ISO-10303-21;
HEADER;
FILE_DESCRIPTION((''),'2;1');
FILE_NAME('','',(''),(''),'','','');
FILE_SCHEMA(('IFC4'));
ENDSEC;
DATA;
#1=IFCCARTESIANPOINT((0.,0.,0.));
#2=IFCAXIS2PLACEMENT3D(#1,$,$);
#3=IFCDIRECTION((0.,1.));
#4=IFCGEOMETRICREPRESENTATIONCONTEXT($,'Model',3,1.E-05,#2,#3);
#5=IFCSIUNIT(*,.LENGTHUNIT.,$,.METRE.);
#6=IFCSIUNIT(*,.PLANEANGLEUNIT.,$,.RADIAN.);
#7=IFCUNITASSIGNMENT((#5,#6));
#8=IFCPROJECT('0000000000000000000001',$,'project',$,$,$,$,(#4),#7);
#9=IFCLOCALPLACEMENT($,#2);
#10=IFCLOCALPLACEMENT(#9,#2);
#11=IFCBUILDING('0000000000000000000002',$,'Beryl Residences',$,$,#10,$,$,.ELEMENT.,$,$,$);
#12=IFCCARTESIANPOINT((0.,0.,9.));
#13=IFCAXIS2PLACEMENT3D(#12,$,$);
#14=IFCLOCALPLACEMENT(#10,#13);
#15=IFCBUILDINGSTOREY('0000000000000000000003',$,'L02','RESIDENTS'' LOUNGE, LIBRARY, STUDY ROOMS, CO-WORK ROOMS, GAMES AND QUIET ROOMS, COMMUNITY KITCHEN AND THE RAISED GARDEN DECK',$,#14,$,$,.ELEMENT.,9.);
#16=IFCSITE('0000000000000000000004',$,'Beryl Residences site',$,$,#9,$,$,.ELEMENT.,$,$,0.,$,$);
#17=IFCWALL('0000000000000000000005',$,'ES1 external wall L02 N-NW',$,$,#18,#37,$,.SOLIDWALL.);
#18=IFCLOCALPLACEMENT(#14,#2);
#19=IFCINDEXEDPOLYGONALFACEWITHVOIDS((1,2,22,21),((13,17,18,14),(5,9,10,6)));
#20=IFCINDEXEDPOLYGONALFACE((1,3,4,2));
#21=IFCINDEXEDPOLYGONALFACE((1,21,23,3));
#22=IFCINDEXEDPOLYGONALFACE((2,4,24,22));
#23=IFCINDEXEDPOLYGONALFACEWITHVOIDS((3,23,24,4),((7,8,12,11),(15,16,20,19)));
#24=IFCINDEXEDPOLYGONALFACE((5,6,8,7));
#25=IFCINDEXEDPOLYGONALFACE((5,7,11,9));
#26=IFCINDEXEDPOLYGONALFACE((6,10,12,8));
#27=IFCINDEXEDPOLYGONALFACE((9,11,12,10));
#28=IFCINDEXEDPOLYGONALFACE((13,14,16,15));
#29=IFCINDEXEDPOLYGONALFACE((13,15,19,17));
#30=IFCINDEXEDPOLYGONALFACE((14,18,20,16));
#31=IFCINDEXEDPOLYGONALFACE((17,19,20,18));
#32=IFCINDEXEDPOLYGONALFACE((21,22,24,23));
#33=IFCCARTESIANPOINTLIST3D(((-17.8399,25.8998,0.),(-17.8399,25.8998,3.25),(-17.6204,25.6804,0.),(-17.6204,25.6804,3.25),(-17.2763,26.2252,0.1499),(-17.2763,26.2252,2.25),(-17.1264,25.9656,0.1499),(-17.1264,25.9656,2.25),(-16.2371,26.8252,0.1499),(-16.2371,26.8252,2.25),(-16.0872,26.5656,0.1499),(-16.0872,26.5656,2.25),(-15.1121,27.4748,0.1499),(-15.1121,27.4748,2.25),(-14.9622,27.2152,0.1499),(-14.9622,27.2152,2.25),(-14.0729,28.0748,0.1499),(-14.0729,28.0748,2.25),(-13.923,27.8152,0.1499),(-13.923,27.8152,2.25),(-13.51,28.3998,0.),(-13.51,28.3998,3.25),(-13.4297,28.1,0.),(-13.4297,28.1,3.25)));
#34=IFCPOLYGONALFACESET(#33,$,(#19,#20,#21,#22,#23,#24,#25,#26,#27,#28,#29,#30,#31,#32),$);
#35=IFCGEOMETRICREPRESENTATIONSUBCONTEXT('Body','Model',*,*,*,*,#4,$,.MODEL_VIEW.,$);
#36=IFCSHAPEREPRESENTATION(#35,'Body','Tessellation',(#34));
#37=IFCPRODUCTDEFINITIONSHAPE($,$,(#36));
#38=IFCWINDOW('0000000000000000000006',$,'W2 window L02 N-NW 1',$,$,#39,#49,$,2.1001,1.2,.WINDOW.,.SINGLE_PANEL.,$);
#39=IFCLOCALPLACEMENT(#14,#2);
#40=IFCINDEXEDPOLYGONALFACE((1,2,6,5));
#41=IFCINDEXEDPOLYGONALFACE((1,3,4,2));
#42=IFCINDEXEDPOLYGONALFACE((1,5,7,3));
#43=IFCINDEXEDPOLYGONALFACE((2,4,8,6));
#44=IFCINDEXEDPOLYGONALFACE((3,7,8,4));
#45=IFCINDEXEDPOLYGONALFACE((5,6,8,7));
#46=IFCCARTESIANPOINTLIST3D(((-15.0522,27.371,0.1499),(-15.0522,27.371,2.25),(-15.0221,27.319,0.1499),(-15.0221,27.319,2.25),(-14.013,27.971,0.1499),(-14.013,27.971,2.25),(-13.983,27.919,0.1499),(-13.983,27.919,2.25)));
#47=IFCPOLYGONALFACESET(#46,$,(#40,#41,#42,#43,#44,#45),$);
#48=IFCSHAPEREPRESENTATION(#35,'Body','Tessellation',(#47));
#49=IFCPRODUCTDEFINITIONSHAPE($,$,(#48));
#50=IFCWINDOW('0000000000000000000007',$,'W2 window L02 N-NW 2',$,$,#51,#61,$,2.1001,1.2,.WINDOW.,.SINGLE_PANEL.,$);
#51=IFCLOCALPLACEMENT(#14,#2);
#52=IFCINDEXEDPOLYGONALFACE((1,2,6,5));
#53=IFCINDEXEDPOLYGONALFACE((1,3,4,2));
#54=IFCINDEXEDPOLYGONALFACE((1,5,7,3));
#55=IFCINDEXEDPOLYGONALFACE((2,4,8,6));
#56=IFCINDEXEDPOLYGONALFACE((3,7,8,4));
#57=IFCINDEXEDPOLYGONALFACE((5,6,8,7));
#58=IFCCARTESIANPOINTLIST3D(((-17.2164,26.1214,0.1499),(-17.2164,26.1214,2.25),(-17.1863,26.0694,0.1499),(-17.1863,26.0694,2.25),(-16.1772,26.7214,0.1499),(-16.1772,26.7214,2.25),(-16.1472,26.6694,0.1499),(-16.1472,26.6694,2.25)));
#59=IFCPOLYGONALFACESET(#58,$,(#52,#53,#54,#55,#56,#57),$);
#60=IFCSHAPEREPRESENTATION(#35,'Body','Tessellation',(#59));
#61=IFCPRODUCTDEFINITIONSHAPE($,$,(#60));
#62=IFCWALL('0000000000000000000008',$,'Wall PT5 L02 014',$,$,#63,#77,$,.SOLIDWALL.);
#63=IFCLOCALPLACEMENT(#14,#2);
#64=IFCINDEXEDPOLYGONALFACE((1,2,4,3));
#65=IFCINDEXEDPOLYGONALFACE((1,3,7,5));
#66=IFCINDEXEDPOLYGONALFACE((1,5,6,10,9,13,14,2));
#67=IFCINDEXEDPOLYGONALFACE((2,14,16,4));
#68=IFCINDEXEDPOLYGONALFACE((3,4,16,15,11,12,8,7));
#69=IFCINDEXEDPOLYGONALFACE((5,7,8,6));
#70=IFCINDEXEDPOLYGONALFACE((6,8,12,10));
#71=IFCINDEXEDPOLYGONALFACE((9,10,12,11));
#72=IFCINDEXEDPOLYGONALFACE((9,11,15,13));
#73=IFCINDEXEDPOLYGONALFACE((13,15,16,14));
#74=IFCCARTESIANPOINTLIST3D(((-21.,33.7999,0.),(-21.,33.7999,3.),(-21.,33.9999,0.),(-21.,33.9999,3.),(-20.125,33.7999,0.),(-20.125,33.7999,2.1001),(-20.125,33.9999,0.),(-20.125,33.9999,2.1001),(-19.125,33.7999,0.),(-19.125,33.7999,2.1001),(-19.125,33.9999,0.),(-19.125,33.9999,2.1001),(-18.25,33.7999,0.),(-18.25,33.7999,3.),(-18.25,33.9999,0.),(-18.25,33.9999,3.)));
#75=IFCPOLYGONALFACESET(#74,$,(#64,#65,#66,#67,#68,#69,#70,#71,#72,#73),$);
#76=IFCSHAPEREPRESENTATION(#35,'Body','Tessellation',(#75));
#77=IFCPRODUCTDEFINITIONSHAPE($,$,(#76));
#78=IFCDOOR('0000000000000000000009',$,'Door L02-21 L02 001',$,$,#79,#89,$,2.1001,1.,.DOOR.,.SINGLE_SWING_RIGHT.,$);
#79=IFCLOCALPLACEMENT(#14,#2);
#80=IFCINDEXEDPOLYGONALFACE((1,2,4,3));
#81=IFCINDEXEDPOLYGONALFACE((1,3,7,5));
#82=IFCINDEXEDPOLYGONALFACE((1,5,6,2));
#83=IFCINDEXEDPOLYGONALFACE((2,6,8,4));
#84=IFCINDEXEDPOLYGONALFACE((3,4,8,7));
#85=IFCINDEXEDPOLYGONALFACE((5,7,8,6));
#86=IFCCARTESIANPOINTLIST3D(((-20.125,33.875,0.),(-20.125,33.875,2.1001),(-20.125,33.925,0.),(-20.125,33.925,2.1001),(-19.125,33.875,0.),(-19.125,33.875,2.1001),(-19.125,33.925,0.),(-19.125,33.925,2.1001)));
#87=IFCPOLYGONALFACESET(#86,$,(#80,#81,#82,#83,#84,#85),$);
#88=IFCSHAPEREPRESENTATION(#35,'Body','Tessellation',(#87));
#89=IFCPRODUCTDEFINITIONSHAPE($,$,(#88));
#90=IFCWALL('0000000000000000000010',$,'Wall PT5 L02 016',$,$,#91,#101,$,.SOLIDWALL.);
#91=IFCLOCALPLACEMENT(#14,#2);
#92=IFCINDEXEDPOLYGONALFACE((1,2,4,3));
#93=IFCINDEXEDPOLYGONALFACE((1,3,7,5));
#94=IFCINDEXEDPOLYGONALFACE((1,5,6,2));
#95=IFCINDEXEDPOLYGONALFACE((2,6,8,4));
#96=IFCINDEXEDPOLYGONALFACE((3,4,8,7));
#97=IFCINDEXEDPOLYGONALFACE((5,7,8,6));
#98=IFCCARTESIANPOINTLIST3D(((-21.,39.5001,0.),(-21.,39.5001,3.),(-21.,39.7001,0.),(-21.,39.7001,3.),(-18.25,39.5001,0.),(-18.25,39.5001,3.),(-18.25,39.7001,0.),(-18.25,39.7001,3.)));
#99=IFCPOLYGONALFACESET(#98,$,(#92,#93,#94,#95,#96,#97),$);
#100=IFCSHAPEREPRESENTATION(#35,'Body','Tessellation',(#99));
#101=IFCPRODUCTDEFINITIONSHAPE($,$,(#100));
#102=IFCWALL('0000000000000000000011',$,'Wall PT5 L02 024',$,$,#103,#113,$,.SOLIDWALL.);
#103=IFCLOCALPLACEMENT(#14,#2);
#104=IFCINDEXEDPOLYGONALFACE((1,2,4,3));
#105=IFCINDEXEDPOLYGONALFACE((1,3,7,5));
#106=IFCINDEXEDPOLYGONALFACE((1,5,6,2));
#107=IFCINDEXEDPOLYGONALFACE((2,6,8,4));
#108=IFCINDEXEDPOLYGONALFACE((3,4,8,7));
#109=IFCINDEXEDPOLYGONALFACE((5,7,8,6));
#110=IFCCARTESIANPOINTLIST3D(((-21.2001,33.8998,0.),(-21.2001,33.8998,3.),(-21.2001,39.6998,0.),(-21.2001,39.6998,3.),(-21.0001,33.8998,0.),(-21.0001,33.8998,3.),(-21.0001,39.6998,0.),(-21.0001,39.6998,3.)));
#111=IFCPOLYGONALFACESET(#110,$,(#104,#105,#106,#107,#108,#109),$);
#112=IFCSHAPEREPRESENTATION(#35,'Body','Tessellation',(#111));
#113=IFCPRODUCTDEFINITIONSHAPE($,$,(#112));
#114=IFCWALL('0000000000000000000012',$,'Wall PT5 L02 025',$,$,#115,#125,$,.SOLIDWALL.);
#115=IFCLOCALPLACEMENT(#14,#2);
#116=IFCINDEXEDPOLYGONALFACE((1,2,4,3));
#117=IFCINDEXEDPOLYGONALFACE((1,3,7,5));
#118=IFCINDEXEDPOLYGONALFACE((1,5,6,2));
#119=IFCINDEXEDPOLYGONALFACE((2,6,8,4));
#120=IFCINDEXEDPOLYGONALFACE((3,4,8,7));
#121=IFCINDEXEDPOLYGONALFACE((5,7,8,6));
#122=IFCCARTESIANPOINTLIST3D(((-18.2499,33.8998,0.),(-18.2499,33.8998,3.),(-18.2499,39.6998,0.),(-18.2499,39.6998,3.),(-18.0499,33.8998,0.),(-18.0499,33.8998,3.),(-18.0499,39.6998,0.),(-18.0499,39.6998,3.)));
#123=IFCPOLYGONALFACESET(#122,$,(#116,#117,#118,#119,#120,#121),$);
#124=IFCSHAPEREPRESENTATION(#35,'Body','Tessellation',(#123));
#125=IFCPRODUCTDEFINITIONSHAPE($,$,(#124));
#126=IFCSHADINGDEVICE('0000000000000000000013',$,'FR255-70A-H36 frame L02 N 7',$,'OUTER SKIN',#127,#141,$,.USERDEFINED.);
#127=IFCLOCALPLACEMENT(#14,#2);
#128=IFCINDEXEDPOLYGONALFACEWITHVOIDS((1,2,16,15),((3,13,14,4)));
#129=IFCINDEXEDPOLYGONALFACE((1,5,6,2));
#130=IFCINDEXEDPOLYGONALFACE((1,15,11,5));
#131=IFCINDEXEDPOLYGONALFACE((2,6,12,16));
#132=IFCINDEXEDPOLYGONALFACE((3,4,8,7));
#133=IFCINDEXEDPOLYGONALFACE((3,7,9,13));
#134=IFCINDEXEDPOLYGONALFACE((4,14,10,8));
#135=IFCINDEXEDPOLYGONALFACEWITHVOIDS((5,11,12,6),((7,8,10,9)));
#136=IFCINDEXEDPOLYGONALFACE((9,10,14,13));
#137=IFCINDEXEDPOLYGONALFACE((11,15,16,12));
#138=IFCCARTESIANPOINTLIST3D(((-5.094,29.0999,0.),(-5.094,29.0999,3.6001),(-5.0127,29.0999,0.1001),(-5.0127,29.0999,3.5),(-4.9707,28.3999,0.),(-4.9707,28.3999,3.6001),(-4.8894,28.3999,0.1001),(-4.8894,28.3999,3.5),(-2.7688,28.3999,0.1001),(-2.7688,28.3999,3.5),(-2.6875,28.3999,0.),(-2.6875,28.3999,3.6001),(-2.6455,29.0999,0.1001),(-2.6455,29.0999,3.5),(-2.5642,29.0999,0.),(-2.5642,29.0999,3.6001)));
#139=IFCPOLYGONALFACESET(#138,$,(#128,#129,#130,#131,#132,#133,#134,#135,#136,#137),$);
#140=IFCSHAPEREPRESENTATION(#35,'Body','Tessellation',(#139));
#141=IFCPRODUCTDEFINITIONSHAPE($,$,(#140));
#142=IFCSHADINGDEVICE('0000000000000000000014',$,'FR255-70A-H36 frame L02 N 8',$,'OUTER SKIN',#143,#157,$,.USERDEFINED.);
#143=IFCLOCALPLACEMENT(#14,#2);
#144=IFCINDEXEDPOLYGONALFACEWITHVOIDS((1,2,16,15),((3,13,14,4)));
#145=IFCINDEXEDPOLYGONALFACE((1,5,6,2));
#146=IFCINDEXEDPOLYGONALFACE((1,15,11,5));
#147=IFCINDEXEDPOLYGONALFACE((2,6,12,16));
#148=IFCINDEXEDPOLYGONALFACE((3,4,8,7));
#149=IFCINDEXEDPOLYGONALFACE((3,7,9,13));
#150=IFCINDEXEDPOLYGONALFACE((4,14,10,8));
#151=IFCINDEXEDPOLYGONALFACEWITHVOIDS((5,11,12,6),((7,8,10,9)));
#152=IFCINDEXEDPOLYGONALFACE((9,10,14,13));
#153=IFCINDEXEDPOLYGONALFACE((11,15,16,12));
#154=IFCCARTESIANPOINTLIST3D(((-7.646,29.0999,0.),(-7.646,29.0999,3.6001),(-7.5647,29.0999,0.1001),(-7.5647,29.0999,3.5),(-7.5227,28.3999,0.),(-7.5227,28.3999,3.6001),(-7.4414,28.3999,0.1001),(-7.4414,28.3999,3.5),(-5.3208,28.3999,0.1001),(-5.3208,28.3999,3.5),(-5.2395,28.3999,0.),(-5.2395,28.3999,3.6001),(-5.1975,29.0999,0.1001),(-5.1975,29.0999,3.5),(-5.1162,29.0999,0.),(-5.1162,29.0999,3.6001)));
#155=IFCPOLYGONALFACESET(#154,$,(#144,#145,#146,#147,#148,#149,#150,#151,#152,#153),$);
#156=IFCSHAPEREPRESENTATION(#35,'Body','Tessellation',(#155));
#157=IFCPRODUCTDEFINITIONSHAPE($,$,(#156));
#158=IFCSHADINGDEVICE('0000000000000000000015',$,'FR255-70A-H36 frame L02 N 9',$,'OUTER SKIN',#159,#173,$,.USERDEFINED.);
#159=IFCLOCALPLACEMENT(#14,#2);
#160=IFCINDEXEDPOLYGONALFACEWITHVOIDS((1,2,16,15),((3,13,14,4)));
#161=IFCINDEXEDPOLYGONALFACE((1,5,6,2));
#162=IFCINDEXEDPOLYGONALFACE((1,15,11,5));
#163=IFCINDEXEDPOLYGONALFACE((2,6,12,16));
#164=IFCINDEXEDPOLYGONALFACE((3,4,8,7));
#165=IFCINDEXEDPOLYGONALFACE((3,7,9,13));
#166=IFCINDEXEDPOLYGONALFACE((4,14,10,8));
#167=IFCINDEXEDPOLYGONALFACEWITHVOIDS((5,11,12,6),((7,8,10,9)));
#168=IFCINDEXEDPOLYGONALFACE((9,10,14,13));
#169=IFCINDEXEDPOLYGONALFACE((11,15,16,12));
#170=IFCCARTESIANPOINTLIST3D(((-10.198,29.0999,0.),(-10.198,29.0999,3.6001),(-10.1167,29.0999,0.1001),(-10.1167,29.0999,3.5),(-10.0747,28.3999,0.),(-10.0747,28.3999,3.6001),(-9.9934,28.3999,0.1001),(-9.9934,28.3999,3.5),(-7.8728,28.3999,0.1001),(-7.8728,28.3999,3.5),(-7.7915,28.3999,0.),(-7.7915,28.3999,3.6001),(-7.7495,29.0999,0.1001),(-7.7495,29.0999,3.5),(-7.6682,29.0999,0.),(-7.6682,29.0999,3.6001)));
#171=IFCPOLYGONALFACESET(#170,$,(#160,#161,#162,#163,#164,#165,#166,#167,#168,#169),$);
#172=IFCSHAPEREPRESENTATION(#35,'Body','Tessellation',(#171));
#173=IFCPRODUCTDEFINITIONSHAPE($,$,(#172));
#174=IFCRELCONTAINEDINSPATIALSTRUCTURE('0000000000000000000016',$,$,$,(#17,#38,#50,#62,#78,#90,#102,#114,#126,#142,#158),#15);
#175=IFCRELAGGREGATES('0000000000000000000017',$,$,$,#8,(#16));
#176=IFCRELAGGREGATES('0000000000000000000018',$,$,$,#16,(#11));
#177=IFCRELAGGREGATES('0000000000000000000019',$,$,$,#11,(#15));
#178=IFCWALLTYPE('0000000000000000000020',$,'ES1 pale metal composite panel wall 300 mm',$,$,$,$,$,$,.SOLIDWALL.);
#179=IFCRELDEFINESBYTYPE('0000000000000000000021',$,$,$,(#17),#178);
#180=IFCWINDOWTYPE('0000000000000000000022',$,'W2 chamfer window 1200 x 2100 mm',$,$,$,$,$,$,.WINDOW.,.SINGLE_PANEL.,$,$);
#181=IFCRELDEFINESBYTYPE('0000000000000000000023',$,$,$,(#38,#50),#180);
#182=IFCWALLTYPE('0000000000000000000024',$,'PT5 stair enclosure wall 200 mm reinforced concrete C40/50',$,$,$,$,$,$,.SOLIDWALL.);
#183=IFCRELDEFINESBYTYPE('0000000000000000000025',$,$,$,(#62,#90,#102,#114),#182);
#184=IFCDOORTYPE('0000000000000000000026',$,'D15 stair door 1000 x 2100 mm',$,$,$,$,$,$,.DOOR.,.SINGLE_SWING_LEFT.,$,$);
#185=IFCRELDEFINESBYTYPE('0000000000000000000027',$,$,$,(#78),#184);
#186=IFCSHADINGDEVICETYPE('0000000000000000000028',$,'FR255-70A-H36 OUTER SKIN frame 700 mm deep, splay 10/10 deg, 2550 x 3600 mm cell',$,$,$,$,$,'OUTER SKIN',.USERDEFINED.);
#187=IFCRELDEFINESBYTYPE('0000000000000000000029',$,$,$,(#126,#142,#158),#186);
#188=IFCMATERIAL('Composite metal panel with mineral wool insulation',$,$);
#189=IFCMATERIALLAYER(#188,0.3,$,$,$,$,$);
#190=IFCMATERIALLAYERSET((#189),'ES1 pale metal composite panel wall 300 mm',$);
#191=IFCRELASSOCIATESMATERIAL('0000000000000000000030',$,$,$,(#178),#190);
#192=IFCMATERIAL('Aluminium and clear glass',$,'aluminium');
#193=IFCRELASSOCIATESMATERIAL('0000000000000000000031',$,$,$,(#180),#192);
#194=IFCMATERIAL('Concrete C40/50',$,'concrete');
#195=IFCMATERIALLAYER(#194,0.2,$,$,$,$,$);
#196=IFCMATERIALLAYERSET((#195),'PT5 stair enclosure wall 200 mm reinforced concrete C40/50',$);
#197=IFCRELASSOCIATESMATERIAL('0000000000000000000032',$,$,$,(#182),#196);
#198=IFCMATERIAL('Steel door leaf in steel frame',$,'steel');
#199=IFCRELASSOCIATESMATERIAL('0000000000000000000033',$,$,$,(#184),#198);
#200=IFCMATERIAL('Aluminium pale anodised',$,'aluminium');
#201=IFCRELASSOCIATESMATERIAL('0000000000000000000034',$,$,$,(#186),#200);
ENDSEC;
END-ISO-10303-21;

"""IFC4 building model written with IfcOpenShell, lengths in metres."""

from ifc_helpers import new_model, entity, si_unit, direction, frame, frame_2d, origin, place, context, subcontext, project, spatial, polyline, rectangle, outline, extrude, source, transform, mapped, material, layer, layer_set, type_object, type_shapes, element, fill, save


model = new_model("IFC4")

# Units and contexts
model_context = context("Model", 3, precision=1e-05, world=origin(), true_north=direction((0.0, 1.0)))
body_context = subcontext(model_context, "Body", "Model", "MODEL_VIEW")
ifc_project = project(units=[si_unit("LENGTHUNIT", "METRE"), si_unit("PLANEANGLEUNIT", "RADIAN")], contexts=[model_context])

# Site, building, storey
site_placement = place(None, origin())
site = spatial("IfcSite", under=ifc_project, at=site_placement, Name="Beryl Residences site", CompositionType="ELEMENT", RefElevation=0.0)
building_placement = place(site_placement, origin())
building = spatial("IfcBuilding", under=site, at=building_placement, Name="Beryl Residences", CompositionType="ELEMENT")
storey_placement = place(building_placement, frame((0.0, 0.0, 9.0)))
storey = spatial("IfcBuildingStorey", under=building, at=storey_placement, Name="L02", Description="RESIDENTS' LOUNGE, LIBRARY, STUDY ROOMS, CO-WORK ROOMS, GAMES AND QUIET ROOMS, COMMUNITY KITCHEN AND THE RAISED GARDEN DECK", CompositionType="ELEMENT", Elevation=9.0)

# Wall, openings, windows
ifc_material_1 = material(Name="Composite metal panel with mineral wool insulation")
ifc_layer_1 = layer(ifc_material_1, 0.3)
ifc_layer_set_1 = layer_set([ifc_layer_1], Name="ES1 pale metal composite panel wall 300 mm")
wall_type_1 = type_object("IfcWallType", Name="ES1 pale metal composite panel wall 300 mm", PredefinedType="SOLIDWALL", material=ifc_layer_set_1)
wall_1_placement = place(storey_placement, frame((-13.4351, 28.27, 0.0), z_axis=(0.0, 0.0, 1.0), x_axis=(-0.866011, -0.500025, 0.0)))
wall_1 = element("IfcWall", 1, at=wall_1_placement, inside=storey, type_object=wall_type_1, Name="ES1 external wall L02 N-NW", PredefinedType="SOLIDWALL", context=body_context, shape_type="SweptSolid", body=[
    extrude(outline(polyline([(0.0, -0.1499), (4.9998, -0.1499), (4.9194, 0.1499), (0.0803, 0.1499), (0.0, -0.1499)])), origin(), (0.0, 0.0, 1.0), 3.25),
])
opening_1_placement = place(wall_1_placement, frame((0.6499, 0.0, 0.1499)))
opening_1 = element("IfcOpeningElement", 2, at=opening_1_placement, cuts=wall_1, PredefinedType="OPENING", context=body_context, shape_type="SweptSolid", body=[
    extrude(rectangle(XDim=1.2, YDim=2.1001, at=frame_2d((0.6001, 1.05))), frame((0.0, 0.1599, 0.0), z_axis=(0.0, -1.0, 0.0), x_axis=(1.0, 0.0, 0.0)), (0.0, 0.0, 1.0), 0.3201),
])
opening_2_placement = place(wall_1_placement, frame((3.1489, 0.0, 0.1499)))
opening_2 = element("IfcOpeningElement", 3, at=opening_2_placement, cuts=wall_1, PredefinedType="OPENING", context=body_context, shape_type="SweptSolid", body=[
    extrude(rectangle(XDim=1.2, YDim=2.1001, at=frame_2d((0.6001, 1.05))), frame((0.0, 0.1599, 0.0), z_axis=(0.0, -1.0, 0.0), x_axis=(1.0, 0.0, 0.0)), (0.0, 0.0, 1.0), 0.3201),
])
ifc_material_2 = material(Name="Aluminium and clear glass", Category="aluminium")
window_type = type_object("IfcWindowType", Name="W2 chamfer window 1200 x 2100 mm", PartitioningType="SINGLE_PANEL", PredefinedType="WINDOW", material=ifc_material_2)
window_1_placement = place(opening_1_placement, origin())
window_1 = element("IfcWindow", 4, at=window_1_placement, inside=storey, type_object=window_type, Name="W2 window L02 N-NW 1", OverallHeight=2.1001, OverallWidth=1.2, PartitioningType="SINGLE_PANEL", PredefinedType="WINDOW", context=body_context, shape_type="SweptSolid", body=[
    extrude(rectangle(XDim=1.2, YDim=2.1001, at=frame_2d((0.6001, 1.05))), frame((0.0, 0.03, 0.0), z_axis=(0.0, -1.0, 0.0), x_axis=(1.0, 0.0, 0.0)), (0.0, 0.0, 1.0), 0.0601),
])
fill(opening_1, window_1)
window_2_placement = place(opening_2_placement, origin())
window_2 = element("IfcWindow", 5, at=window_2_placement, inside=storey, type_object=window_type, Name="W2 window L02 N-NW 2", OverallHeight=2.1001, OverallWidth=1.2, PartitioningType="SINGLE_PANEL", PredefinedType="WINDOW", context=body_context, shape_type="SweptSolid", body=[
    extrude(rectangle(XDim=1.2, YDim=2.1001, at=frame_2d((0.6001, 1.05))), frame((0.0, 0.03, 0.0), z_axis=(0.0, -1.0, 0.0), x_axis=(1.0, 0.0, 0.0)), (0.0, 0.0, 1.0), 0.0601),
])
fill(opening_2, window_2)

# Wall, opening, door
ifc_material_3 = material(Name="Concrete C40/50", Category="concrete")
ifc_layer_2 = layer(ifc_material_3, 0.2)
ifc_layer_set_2 = layer_set([ifc_layer_2], Name="PT5 stair enclosure wall 200 mm reinforced concrete C40/50")
wall_type_2 = type_object("IfcWallType", Name="PT5 stair enclosure wall 200 mm reinforced concrete C40/50", PredefinedType="SOLIDWALL", material=ifc_layer_set_2)
wall_2_placement = place(storey_placement, frame((-21.0, 33.8999, 0.0), z_axis=(0.0, 0.0, 1.0), x_axis=(1.0, 0.0, 0.0)))
wall_2 = element("IfcWall", 6, at=wall_2_placement, inside=storey, type_object=wall_type_2, Name="Wall PT5 L02 014", PredefinedType="SOLIDWALL", context=body_context, shape_type="SweptSolid", body=[
    extrude(rectangle(XDim=2.75, YDim=0.2, at=frame_2d((1.375, 0.0))), origin(), (0.0, 0.0, 1.0), 3.0),
])
opening_3_placement = place(wall_2_placement, frame((1.875, 0.0, 0.0), z_axis=(0.0, 0.0, 1.0), x_axis=(-1.0, 0.0, 0.0)))
opening_3 = element("IfcOpeningElement", 7, at=opening_3_placement, cuts=wall_2, PredefinedType="OPENING", context=body_context, shape_type="SweptSolid", body=[
    extrude(rectangle(XDim=1.0, YDim=2.1001, at=frame_2d((0.5, 1.05))), frame((0.0, 0.1099, 0.0), z_axis=(0.0, -1.0, 0.0), x_axis=(1.0, 0.0, 0.0)), (0.0, 0.0, 1.0), 0.22),
])
ifc_material_4 = material(Name="Steel door leaf in steel frame", Category="steel")
door_type = type_object("IfcDoorType", Name="D15 stair door 1000 x 2100 mm", OperationType="SINGLE_SWING_LEFT", PredefinedType="DOOR", material=ifc_material_4)
door_placement = place(opening_3_placement, origin())
door = element("IfcDoor", 8, at=door_placement, inside=storey, type_object=door_type, Name="Door L02-21 L02 001", OperationType="SINGLE_SWING_RIGHT", OverallHeight=2.1001, OverallWidth=1.0, PredefinedType="DOOR", context=body_context, shape_type="SweptSolid", body=[
    extrude(rectangle(XDim=1.0, YDim=2.1001, at=frame_2d((0.5, 1.05))), frame((0.0, 0.0249, 0.0), z_axis=(0.0, -1.0, 0.0), x_axis=(1.0, 0.0, 0.0)), (0.0, 0.0, 1.0), 0.05),
])
fill(opening_3, door)

# Walls
wall_3_placement = place(storey_placement, frame((-21.0, 39.6001, 0.0), z_axis=(0.0, 0.0, 1.0), x_axis=(1.0, 0.0, 0.0)))
element("IfcWall", 9, at=wall_3_placement, inside=storey, type_object=wall_type_2, Name="Wall PT5 L02 016", PredefinedType="SOLIDWALL", context=body_context, shape_type="SweptSolid", body=[
    extrude(rectangle(XDim=2.75, YDim=0.2, at=frame_2d((1.375, 0.0))), origin(), (0.0, 0.0, 1.0), 3.0),
])
for number, where, z_axis, x_axis, name in (
    (10, (-21.1001, 33.8999, 0.0), (0.0, 0.0, 1.0), (0.0, 1.0, 0.0), "Wall PT5 L02 024"),
    (11, (-18.1499, 33.8999, 0.0), (0.0, 0.0, 1.0), (0.0, 1.0, 0.0), "Wall PT5 L02 025"),
):
    element("IfcWall", number, at=place(storey_placement, frame(where, z_axis=z_axis, x_axis=x_axis)), inside=storey, type_object=wall_type_2, Name=name, PredefinedType="SOLIDWALL", context=body_context, shape_type="SweptSolid", body=[
        extrude(rectangle(XDim=5.8, YDim=0.2, at=frame_2d((2.8999, 0.0))), origin(), (0.0, 0.0, 1.0), 3.0),
    ])

# Shading devices
ifc_material_5 = material(Name="Aluminium pale anodised", Category="aluminium")
shading_device_type = type_object("IfcShadingDeviceType", Name="FR255-70A-H36 OUTER SKIN frame 700 mm deep, splay 10/10 deg, 2550 x 3600 mm cell", ElementType="OUTER SKIN", PredefinedType="USERDEFINED", material=ifc_material_5)
cartesian_point_1 = entity("IfcCartesianPoint", [-1.1416, 0.0])
cartesian_point_2 = entity("IfcCartesianPoint", [-1.0603, 0.1001])
cartesian_point_3 = entity("IfcCartesianPoint", [-1.2649, 0.0])
cartesian_point_4 = entity("IfcCartesianPoint", [-1.1836, 0.1001])
shared_shape_1 = source(origin(), body_context, "Body", "SweptSolid", [
    entity("IfcExtrudedAreaSolidTapered", entity("IfcArbitraryProfileDefWithVoids", "AREA", None, entity("IfcPolyline", [cartesian_point_1, entity("IfcCartesianPoint", [1.1416, 0.0]), entity("IfcCartesianPoint", [1.1416, 3.6001]), entity("IfcCartesianPoint", [-1.1416, 3.6001]), cartesian_point_1]), [entity("IfcPolyline", [cartesian_point_2, entity("IfcCartesianPoint", [1.0603, 0.1001]), entity("IfcCartesianPoint", [1.0603, 3.5]), entity("IfcCartesianPoint", [-1.0603, 3.5]), cartesian_point_2])]), entity("IfcAxis2Placement3D", entity("IfcCartesianPoint", [0.0, 0.0, 0.0]), entity("IfcDirection", [0.0, 1.0, 0.0]), entity("IfcDirection", [-1.0, 0.0, 0.0])), entity("IfcDirection", [0.0, 0.0, 1.0]), 0.7, entity("IfcArbitraryProfileDefWithVoids", "AREA", None, entity("IfcPolyline", [cartesian_point_3, entity("IfcCartesianPoint", [1.2649, 0.0]), entity("IfcCartesianPoint", [1.2649, 3.6001]), entity("IfcCartesianPoint", [-1.2649, 3.6001]), cartesian_point_3]), [entity("IfcPolyline", [cartesian_point_4, entity("IfcCartesianPoint", [1.1836, 0.1001]), entity("IfcCartesianPoint", [1.1836, 3.5]), entity("IfcCartesianPoint", [-1.1836, 3.5]), cartesian_point_4])])),
])
type_shapes(shading_device_type, [shared_shape_1])
for number, where, z_axis, x_axis, name in (
    (12, (-3.8291, 28.3999, 0.0), (0.0, 0.0, 1.0), (1.0, 0.0, 0.0), "FR255-70A-H36 frame L02 N 7"),
    (13, (-6.3811, 28.3999, 0.0), (0.0, 0.0, 1.0), (1.0, 0.0, 0.0), "FR255-70A-H36 frame L02 N 8"),
    (14, (-8.9331, 28.3999, 0.0), (0.0, 0.0, 1.0), (1.0, 0.0, 0.0), "FR255-70A-H36 frame L02 N 9"),
):
    element("IfcShadingDevice", number, at=place(storey_placement, frame(where, z_axis=z_axis, x_axis=x_axis)), inside=storey, type_object=shading_device_type, Name=name, ObjectType="OUTER SKIN", PredefinedType="USERDEFINED", context=body_context, shape_type="MappedRepresentation", body=[
        mapped(shared_shape_1, transform((0.0, 0.0, 0.0))),
    ])

save(model, "model.ifc")
